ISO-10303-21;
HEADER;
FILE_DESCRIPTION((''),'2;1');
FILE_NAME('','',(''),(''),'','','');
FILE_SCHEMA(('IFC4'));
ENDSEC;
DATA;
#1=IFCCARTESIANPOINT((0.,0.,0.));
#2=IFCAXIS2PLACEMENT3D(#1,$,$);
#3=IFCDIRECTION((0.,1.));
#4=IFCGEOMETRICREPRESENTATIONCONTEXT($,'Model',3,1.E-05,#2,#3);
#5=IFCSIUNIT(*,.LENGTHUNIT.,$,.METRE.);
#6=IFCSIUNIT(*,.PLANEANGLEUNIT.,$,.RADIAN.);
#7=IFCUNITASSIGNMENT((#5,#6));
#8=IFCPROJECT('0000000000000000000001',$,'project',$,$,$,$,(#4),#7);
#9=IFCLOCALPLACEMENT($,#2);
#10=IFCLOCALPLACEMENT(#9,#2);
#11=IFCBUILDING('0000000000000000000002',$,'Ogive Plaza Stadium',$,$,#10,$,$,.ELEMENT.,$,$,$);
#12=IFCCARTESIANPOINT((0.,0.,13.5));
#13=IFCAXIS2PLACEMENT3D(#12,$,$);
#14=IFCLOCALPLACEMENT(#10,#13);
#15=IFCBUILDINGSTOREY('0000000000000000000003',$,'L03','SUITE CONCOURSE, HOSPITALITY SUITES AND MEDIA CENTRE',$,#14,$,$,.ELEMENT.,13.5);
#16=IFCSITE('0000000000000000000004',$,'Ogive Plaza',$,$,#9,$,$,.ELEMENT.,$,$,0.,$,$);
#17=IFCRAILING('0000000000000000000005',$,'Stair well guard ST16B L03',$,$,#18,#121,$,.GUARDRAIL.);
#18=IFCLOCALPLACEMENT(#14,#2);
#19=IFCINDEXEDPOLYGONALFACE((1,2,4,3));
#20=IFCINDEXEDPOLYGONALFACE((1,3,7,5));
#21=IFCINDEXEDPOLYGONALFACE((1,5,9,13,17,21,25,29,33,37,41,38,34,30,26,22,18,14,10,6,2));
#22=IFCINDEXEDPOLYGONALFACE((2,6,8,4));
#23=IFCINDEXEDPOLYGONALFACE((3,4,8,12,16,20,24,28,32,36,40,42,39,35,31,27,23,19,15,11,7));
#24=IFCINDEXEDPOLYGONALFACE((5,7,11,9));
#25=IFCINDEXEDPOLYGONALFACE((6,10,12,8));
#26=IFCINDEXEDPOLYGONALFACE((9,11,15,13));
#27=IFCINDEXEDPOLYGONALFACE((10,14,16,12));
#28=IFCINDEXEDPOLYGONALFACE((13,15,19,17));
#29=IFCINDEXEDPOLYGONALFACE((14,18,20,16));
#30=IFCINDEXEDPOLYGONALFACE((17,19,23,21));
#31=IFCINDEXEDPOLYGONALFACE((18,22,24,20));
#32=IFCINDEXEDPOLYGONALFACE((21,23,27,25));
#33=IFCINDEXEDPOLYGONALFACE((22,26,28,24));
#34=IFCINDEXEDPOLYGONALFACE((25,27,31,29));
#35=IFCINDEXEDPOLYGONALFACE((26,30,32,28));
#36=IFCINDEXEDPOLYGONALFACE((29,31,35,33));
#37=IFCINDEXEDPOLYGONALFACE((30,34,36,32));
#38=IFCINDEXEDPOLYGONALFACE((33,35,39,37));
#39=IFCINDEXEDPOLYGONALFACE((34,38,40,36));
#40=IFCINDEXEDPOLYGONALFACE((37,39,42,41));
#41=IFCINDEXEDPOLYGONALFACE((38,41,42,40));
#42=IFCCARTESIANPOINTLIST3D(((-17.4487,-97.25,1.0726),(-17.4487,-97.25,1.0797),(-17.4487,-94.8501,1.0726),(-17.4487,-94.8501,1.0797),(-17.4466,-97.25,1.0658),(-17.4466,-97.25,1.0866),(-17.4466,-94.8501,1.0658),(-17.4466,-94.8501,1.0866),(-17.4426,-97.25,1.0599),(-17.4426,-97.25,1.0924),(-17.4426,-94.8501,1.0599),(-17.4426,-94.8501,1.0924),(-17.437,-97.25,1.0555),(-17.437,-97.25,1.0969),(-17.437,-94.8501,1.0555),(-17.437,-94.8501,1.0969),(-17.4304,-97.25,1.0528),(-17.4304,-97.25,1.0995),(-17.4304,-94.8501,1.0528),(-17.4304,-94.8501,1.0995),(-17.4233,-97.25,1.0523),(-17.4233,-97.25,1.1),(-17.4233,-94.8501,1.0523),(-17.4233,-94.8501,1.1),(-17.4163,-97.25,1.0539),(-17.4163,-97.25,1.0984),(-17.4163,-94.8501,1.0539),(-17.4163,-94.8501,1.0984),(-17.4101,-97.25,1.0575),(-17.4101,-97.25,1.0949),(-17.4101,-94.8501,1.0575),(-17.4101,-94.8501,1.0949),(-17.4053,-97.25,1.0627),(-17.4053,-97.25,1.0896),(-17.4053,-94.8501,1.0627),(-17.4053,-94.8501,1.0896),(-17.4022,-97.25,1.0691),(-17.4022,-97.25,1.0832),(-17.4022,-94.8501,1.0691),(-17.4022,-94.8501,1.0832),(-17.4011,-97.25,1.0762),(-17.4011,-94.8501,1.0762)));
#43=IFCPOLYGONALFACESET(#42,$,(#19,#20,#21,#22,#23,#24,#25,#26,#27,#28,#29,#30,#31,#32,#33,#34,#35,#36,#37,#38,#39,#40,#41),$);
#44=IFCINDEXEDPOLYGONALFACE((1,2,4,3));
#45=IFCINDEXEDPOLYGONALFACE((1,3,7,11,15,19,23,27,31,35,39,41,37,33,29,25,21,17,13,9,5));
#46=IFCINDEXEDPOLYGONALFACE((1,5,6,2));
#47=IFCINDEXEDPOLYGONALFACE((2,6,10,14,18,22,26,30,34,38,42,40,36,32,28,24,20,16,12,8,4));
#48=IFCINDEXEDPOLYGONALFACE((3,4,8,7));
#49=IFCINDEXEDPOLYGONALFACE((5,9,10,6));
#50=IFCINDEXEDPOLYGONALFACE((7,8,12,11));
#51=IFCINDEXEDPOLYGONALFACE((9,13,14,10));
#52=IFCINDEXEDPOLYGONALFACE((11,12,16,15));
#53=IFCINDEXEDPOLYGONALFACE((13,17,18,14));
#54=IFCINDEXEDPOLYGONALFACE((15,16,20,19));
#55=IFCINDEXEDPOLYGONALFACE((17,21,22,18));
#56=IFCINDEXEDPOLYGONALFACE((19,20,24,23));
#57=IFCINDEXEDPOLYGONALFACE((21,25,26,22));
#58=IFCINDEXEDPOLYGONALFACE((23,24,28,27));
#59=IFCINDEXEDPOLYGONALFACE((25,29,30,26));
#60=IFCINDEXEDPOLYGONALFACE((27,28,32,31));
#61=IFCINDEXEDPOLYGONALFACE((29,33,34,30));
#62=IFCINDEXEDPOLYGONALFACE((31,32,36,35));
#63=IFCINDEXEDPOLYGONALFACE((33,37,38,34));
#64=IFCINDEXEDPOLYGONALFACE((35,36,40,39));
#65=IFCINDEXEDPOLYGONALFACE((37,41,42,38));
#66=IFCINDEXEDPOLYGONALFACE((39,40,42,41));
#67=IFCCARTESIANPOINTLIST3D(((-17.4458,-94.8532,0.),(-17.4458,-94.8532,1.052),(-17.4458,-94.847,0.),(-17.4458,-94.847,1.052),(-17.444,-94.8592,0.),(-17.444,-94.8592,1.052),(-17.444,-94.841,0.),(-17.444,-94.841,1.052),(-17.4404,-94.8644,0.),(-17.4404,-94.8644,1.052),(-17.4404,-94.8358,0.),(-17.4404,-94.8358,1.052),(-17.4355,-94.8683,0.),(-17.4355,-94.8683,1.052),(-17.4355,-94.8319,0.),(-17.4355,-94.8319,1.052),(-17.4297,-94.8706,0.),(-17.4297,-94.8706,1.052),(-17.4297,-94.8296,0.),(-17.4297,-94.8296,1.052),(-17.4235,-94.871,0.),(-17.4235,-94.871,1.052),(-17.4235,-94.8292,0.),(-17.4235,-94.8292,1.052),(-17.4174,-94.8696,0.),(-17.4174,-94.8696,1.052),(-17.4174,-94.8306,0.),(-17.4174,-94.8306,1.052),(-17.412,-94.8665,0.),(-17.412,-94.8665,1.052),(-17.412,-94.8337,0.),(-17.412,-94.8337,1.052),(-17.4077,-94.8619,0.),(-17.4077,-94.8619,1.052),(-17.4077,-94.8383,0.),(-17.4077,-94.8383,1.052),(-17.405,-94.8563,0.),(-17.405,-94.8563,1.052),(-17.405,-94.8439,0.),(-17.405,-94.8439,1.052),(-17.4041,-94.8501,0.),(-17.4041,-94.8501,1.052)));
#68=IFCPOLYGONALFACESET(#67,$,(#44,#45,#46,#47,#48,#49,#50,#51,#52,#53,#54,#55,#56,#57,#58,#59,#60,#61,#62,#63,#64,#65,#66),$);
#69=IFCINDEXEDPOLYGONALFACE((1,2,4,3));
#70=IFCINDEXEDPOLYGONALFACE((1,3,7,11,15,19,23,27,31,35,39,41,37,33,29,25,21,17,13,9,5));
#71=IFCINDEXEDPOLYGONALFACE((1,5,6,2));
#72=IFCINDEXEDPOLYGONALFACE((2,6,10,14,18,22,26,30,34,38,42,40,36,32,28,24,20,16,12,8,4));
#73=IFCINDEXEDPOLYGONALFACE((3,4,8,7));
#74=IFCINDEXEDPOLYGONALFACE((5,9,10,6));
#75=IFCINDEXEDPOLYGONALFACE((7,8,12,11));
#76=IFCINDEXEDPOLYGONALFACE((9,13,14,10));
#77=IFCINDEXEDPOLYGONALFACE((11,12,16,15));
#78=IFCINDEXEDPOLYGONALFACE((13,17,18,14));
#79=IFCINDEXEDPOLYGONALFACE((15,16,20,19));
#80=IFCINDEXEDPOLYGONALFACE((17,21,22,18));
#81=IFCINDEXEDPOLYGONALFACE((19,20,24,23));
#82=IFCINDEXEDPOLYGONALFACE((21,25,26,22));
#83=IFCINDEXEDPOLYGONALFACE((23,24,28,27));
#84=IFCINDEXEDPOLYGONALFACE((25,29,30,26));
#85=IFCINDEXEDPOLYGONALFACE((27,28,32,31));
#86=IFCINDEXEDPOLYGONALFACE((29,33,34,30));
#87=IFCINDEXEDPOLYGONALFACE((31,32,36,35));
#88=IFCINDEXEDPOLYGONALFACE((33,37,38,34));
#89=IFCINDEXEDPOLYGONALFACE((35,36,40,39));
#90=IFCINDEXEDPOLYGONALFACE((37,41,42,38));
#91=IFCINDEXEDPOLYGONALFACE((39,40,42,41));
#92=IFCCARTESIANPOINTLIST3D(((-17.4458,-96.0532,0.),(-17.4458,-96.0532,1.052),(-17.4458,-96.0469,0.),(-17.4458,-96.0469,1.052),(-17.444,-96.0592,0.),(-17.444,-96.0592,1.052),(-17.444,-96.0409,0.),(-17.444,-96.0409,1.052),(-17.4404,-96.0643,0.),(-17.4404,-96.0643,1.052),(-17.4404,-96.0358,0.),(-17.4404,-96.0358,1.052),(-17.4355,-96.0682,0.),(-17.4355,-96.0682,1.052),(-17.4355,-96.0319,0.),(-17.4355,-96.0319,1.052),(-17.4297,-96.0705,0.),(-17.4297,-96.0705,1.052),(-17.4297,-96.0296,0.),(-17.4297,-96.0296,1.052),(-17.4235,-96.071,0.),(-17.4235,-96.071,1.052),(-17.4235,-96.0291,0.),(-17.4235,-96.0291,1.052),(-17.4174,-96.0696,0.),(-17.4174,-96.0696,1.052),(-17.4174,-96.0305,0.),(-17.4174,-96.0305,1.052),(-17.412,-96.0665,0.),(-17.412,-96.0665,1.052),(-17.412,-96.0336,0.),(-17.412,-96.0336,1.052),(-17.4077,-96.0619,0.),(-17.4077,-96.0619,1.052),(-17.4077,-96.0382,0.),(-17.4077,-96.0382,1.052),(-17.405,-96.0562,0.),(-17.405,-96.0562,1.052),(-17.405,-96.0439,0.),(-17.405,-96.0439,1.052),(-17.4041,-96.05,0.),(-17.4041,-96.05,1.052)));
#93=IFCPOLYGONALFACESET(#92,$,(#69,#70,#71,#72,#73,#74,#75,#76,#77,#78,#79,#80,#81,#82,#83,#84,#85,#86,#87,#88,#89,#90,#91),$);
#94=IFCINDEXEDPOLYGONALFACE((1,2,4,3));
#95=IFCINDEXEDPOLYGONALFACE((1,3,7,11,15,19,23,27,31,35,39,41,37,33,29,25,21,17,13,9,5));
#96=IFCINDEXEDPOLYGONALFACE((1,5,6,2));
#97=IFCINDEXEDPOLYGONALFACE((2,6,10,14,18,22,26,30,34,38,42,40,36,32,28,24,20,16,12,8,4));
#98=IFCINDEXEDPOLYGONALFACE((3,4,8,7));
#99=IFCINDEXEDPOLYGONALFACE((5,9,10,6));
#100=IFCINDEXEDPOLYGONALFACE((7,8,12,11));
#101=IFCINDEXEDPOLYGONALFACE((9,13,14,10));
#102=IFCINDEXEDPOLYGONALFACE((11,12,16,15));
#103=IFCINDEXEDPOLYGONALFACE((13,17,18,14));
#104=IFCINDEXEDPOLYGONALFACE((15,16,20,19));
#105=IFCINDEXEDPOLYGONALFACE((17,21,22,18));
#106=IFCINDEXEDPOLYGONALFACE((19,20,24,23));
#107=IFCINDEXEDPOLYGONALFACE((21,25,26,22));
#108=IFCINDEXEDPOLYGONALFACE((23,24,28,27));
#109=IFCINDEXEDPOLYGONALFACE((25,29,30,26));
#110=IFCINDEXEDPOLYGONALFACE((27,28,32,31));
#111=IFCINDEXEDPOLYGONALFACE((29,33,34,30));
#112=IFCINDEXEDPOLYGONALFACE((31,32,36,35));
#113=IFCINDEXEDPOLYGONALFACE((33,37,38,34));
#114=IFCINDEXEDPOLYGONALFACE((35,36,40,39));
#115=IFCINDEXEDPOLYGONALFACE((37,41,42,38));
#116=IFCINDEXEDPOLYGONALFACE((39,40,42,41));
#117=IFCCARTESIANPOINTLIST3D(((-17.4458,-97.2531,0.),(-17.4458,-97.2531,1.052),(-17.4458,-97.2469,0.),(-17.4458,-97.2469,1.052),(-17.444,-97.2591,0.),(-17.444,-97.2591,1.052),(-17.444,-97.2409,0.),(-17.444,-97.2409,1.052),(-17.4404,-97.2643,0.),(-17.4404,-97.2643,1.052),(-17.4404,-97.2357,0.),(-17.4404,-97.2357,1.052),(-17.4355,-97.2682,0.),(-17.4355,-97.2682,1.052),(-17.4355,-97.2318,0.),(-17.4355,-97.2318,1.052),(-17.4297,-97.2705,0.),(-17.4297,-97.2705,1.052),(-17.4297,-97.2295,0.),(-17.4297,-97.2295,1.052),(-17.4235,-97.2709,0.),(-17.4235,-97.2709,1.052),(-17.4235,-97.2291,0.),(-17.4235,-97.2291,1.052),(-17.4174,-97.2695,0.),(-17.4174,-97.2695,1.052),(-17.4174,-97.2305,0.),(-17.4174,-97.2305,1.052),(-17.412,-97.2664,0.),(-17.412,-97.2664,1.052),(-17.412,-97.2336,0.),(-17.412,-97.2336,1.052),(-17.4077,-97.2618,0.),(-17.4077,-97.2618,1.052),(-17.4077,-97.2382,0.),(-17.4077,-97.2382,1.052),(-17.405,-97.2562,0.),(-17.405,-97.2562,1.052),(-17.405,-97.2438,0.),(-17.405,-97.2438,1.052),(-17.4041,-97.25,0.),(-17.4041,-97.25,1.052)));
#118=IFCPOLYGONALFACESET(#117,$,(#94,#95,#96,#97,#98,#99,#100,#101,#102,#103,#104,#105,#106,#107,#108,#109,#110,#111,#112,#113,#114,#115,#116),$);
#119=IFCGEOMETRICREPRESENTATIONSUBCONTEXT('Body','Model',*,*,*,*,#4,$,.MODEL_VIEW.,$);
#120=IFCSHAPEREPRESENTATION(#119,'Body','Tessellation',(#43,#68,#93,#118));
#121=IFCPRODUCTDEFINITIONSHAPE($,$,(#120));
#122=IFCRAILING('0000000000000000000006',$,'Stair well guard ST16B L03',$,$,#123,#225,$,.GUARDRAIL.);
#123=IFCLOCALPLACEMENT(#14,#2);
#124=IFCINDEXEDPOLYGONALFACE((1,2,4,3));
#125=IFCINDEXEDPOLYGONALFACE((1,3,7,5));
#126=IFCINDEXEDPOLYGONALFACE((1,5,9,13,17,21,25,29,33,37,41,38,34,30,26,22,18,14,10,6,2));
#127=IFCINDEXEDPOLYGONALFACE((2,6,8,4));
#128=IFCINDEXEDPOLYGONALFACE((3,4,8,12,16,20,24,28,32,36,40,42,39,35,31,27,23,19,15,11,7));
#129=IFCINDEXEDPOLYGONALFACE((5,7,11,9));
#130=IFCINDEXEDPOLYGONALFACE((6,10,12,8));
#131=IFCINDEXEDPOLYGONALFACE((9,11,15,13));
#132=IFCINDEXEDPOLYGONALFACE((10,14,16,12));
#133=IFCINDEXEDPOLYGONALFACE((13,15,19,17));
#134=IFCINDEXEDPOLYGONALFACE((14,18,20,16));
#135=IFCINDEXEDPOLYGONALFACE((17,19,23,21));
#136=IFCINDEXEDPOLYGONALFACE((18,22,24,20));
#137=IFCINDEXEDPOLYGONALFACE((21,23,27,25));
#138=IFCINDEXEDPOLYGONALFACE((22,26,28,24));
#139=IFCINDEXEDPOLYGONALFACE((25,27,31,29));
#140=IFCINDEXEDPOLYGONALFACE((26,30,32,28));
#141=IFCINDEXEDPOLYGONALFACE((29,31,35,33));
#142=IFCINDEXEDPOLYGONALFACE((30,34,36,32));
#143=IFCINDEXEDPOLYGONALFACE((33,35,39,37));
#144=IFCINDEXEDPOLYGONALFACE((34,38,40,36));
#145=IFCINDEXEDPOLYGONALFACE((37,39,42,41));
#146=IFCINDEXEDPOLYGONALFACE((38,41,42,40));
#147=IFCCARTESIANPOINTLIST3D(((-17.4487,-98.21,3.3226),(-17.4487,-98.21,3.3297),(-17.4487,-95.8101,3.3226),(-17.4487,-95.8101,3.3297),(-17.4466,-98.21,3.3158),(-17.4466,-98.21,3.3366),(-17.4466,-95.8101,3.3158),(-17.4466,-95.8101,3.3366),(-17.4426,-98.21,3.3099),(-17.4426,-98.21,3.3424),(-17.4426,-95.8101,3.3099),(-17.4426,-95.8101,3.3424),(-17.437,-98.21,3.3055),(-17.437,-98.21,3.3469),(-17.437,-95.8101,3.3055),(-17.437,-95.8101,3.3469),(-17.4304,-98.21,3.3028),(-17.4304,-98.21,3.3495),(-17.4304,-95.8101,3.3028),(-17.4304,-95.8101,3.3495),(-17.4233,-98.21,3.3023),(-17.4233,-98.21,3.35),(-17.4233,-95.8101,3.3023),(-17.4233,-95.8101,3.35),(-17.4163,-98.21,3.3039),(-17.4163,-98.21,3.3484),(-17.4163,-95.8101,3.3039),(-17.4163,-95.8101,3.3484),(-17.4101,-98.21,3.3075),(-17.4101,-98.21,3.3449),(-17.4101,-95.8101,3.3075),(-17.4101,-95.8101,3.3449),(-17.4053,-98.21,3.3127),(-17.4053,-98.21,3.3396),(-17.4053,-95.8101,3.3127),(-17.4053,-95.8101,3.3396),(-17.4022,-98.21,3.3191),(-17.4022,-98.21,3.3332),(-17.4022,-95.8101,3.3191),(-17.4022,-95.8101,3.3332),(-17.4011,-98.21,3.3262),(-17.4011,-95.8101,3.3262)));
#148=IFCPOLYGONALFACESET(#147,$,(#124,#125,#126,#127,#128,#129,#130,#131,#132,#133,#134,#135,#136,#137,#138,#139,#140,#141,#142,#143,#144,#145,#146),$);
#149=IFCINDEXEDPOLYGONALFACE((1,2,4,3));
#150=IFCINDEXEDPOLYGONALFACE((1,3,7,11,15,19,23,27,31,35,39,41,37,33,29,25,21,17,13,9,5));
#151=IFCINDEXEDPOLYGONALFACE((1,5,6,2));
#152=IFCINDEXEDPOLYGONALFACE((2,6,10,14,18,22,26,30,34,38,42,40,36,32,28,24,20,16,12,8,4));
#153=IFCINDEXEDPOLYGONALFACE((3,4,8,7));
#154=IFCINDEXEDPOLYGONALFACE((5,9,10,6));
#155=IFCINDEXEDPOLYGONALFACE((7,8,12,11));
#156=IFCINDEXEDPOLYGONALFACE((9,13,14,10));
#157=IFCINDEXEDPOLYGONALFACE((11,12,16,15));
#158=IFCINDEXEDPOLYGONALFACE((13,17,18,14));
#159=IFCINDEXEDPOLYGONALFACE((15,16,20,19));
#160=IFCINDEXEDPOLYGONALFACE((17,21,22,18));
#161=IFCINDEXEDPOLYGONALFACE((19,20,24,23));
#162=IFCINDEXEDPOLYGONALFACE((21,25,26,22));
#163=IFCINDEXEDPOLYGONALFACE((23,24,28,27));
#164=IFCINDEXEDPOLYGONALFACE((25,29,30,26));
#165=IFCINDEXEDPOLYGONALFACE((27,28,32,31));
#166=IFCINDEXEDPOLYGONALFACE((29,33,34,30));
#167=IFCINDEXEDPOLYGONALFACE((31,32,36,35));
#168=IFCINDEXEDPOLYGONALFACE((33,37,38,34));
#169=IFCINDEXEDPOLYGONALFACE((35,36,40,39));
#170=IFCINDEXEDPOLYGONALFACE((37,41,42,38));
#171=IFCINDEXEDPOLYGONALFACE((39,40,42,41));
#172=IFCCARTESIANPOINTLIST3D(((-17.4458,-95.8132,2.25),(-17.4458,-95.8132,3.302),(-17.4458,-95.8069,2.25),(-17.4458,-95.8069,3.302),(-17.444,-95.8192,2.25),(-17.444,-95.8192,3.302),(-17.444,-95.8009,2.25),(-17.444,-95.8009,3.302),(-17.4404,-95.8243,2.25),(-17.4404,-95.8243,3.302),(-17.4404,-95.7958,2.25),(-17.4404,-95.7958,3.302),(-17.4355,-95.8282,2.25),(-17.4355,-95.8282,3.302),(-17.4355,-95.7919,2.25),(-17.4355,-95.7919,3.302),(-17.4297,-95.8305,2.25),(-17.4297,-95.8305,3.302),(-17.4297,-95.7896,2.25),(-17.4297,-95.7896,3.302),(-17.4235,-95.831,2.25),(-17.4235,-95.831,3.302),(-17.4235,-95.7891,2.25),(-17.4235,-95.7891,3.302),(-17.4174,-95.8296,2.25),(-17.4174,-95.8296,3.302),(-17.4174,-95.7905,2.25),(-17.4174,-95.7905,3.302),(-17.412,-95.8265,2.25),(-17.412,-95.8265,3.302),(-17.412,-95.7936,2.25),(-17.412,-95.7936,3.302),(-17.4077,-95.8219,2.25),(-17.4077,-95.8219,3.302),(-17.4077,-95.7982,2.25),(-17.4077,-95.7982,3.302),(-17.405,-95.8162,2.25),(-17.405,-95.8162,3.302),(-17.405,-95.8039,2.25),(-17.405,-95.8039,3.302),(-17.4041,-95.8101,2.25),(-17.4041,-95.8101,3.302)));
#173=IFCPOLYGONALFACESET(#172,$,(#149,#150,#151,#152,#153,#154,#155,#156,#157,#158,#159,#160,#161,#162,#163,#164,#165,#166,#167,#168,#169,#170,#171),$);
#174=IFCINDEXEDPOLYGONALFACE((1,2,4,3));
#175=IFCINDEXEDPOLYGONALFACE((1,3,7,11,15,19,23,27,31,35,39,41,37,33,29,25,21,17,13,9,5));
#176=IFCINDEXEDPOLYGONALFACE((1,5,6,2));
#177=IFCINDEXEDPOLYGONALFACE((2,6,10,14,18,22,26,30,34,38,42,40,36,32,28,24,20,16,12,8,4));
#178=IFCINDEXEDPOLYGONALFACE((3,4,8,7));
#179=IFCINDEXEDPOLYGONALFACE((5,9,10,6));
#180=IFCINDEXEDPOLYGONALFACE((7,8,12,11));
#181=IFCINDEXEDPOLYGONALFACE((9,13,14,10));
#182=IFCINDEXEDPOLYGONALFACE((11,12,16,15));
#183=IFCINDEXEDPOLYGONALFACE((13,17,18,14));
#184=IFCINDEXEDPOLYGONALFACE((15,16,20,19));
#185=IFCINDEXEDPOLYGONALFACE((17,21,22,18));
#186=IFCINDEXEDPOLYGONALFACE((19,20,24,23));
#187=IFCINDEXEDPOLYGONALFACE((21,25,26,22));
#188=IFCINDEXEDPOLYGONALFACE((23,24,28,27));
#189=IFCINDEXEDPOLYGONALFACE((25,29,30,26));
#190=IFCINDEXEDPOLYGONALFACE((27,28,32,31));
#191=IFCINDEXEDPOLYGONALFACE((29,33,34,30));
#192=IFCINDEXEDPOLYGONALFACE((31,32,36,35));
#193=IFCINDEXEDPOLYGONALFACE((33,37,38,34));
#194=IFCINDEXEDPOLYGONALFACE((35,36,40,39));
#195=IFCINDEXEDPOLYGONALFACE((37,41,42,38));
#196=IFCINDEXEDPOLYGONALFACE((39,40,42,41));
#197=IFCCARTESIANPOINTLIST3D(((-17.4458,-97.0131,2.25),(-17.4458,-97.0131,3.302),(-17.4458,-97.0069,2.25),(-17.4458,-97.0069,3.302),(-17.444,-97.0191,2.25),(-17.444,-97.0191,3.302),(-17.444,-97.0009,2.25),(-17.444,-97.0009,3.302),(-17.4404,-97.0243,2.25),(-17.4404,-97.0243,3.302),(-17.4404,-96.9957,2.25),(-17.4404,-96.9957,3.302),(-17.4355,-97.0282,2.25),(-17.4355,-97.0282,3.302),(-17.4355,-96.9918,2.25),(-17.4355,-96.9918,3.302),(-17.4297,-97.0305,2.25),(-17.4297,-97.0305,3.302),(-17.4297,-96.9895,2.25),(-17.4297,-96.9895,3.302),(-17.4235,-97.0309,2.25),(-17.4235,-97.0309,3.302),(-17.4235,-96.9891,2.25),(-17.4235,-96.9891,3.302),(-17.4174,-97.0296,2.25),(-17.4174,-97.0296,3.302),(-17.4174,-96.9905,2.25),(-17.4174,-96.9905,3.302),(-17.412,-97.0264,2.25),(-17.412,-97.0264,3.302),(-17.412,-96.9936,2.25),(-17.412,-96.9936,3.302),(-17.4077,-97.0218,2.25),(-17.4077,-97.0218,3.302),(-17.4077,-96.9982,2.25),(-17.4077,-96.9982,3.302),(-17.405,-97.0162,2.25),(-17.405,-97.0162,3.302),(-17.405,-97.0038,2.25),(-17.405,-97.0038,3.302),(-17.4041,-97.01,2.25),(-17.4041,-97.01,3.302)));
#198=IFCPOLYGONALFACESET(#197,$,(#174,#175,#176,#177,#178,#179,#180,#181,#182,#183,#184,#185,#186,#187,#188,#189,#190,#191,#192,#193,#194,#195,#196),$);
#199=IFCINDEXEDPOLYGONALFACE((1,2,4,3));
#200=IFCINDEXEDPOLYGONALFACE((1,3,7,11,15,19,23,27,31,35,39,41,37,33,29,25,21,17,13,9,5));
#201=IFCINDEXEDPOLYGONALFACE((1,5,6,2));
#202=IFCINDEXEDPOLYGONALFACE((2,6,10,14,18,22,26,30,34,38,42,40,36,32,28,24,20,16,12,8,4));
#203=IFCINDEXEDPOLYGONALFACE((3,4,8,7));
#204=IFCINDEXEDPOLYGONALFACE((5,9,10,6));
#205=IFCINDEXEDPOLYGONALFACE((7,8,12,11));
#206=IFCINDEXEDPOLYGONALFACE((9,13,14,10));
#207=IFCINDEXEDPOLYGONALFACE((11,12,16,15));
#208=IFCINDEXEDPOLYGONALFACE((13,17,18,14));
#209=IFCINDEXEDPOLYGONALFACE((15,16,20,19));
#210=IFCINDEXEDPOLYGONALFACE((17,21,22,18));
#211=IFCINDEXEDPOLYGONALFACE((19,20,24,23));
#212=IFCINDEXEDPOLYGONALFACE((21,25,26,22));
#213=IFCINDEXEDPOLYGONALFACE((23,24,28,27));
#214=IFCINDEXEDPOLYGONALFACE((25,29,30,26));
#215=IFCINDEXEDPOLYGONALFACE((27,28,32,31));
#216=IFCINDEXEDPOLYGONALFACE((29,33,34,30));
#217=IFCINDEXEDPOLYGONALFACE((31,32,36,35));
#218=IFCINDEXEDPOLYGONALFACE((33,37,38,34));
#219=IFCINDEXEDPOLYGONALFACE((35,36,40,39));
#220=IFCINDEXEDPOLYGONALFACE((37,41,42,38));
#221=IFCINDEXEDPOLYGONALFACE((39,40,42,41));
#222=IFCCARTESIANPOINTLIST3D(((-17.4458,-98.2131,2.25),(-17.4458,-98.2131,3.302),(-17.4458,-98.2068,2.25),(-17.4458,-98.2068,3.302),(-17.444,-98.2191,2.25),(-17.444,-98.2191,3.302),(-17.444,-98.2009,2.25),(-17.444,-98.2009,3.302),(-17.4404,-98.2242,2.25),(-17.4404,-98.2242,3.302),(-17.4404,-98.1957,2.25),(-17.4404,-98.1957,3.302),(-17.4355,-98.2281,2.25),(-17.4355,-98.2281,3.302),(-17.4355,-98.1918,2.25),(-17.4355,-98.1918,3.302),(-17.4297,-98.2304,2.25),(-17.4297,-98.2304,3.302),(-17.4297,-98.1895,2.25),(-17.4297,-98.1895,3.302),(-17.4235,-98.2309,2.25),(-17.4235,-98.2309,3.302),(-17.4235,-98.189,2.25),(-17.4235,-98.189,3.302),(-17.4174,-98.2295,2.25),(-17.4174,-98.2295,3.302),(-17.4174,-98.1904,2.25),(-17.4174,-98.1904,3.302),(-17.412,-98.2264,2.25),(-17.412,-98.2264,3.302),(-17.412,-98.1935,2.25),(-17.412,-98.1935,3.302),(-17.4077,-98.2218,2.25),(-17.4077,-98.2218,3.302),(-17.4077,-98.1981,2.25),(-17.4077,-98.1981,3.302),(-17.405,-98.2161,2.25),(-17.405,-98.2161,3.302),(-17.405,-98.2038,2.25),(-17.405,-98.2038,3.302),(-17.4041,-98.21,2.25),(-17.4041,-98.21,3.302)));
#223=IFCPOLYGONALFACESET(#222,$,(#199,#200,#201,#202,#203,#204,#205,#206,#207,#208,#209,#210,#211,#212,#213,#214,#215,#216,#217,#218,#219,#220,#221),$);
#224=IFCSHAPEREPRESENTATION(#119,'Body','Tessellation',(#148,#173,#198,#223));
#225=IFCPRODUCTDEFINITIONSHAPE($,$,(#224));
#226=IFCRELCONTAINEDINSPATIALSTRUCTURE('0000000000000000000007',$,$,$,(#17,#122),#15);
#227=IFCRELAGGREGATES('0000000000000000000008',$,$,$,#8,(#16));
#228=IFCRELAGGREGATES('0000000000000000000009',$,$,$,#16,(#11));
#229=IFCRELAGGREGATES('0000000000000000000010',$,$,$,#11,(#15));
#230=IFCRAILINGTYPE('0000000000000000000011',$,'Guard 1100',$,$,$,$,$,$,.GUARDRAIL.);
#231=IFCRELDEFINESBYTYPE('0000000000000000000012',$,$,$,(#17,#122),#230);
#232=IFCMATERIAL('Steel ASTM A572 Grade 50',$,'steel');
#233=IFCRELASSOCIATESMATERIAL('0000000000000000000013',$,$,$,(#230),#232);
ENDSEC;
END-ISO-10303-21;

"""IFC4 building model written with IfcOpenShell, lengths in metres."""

from ifc_helpers import new_model, si_unit, direction, frame, origin, origin_2d, place, context, subcontext, project, spatial, circle, extrude, material, type_object, element, save


model = new_model("IFC4")

# Units and contexts
model_context = context("Model", 3, precision=1e-05, world=origin(), true_north=direction((0.0, 1.0)))
body_context = subcontext(model_context, "Body", "Model", "MODEL_VIEW")
ifc_project = project(units=[si_unit("LENGTHUNIT", "METRE"), si_unit("PLANEANGLEUNIT", "RADIAN")], contexts=[model_context])

# Site, building, storey
site_placement = place(None, origin())
site = spatial("IfcSite", under=ifc_project, at=site_placement, Name="Ogive Plaza", CompositionType="ELEMENT", RefElevation=0.0)
building_placement = place(site_placement, origin())
building = spatial("IfcBuilding", under=site, at=building_placement, Name="Ogive Plaza Stadium", CompositionType="ELEMENT")
storey_placement = place(building_placement, frame((0.0, 0.0, 13.5)))
storey = spatial("IfcBuildingStorey", under=building, at=storey_placement, Name="L03", Description="SUITE CONCOURSE, HOSPITALITY SUITES AND MEDIA CENTRE", CompositionType="ELEMENT", Elevation=13.5)

# Railings
ifc_material_1 = material(Name="Steel ASTM A572 Grade 50", Category="steel")
railing_type_1 = type_object("IfcRailingType", Name="Guard 1100", PredefinedType="GUARDRAIL", material=ifc_material_1)
for number, where, name in (
    (1, (-17.425, -94.8501, 0.0), "Stair well guard ST16B L03"),
    (2, (-17.425, -95.8101, 2.25), "Stair well guard ST16B L03"),
):
    element("IfcRailing", number, at=place(storey_placement, frame(where)), inside=storey, type_object=railing_type_1, Name=name, PredefinedType="GUARDRAIL", context=body_context, shape_type="SweptSolid", body=[
        extrude(circle(Radius=0.0239, at=origin_2d()), frame((0.0, 0.0, 1.0762), z_axis=(0.0, -1.0, 0.0), x_axis=(1.0, 0.0, 0.0)), (0.0, 0.0, 1.0), 2.3999),
        extrude(circle(Radius=0.021, at=origin_2d()), origin(), (0.0, 0.0, 1.0), 1.052),
        extrude(circle(Radius=0.021, at=origin_2d()), frame((0.0, -1.2, 0.0)), (0.0, 0.0, 1.0), 1.052),
        extrude(circle(Radius=0.021, at=origin_2d()), frame((0.0, -2.3999, 0.0)), (0.0, 0.0, 1.0), 1.052),
    ])

save(model, "model.ifc")
